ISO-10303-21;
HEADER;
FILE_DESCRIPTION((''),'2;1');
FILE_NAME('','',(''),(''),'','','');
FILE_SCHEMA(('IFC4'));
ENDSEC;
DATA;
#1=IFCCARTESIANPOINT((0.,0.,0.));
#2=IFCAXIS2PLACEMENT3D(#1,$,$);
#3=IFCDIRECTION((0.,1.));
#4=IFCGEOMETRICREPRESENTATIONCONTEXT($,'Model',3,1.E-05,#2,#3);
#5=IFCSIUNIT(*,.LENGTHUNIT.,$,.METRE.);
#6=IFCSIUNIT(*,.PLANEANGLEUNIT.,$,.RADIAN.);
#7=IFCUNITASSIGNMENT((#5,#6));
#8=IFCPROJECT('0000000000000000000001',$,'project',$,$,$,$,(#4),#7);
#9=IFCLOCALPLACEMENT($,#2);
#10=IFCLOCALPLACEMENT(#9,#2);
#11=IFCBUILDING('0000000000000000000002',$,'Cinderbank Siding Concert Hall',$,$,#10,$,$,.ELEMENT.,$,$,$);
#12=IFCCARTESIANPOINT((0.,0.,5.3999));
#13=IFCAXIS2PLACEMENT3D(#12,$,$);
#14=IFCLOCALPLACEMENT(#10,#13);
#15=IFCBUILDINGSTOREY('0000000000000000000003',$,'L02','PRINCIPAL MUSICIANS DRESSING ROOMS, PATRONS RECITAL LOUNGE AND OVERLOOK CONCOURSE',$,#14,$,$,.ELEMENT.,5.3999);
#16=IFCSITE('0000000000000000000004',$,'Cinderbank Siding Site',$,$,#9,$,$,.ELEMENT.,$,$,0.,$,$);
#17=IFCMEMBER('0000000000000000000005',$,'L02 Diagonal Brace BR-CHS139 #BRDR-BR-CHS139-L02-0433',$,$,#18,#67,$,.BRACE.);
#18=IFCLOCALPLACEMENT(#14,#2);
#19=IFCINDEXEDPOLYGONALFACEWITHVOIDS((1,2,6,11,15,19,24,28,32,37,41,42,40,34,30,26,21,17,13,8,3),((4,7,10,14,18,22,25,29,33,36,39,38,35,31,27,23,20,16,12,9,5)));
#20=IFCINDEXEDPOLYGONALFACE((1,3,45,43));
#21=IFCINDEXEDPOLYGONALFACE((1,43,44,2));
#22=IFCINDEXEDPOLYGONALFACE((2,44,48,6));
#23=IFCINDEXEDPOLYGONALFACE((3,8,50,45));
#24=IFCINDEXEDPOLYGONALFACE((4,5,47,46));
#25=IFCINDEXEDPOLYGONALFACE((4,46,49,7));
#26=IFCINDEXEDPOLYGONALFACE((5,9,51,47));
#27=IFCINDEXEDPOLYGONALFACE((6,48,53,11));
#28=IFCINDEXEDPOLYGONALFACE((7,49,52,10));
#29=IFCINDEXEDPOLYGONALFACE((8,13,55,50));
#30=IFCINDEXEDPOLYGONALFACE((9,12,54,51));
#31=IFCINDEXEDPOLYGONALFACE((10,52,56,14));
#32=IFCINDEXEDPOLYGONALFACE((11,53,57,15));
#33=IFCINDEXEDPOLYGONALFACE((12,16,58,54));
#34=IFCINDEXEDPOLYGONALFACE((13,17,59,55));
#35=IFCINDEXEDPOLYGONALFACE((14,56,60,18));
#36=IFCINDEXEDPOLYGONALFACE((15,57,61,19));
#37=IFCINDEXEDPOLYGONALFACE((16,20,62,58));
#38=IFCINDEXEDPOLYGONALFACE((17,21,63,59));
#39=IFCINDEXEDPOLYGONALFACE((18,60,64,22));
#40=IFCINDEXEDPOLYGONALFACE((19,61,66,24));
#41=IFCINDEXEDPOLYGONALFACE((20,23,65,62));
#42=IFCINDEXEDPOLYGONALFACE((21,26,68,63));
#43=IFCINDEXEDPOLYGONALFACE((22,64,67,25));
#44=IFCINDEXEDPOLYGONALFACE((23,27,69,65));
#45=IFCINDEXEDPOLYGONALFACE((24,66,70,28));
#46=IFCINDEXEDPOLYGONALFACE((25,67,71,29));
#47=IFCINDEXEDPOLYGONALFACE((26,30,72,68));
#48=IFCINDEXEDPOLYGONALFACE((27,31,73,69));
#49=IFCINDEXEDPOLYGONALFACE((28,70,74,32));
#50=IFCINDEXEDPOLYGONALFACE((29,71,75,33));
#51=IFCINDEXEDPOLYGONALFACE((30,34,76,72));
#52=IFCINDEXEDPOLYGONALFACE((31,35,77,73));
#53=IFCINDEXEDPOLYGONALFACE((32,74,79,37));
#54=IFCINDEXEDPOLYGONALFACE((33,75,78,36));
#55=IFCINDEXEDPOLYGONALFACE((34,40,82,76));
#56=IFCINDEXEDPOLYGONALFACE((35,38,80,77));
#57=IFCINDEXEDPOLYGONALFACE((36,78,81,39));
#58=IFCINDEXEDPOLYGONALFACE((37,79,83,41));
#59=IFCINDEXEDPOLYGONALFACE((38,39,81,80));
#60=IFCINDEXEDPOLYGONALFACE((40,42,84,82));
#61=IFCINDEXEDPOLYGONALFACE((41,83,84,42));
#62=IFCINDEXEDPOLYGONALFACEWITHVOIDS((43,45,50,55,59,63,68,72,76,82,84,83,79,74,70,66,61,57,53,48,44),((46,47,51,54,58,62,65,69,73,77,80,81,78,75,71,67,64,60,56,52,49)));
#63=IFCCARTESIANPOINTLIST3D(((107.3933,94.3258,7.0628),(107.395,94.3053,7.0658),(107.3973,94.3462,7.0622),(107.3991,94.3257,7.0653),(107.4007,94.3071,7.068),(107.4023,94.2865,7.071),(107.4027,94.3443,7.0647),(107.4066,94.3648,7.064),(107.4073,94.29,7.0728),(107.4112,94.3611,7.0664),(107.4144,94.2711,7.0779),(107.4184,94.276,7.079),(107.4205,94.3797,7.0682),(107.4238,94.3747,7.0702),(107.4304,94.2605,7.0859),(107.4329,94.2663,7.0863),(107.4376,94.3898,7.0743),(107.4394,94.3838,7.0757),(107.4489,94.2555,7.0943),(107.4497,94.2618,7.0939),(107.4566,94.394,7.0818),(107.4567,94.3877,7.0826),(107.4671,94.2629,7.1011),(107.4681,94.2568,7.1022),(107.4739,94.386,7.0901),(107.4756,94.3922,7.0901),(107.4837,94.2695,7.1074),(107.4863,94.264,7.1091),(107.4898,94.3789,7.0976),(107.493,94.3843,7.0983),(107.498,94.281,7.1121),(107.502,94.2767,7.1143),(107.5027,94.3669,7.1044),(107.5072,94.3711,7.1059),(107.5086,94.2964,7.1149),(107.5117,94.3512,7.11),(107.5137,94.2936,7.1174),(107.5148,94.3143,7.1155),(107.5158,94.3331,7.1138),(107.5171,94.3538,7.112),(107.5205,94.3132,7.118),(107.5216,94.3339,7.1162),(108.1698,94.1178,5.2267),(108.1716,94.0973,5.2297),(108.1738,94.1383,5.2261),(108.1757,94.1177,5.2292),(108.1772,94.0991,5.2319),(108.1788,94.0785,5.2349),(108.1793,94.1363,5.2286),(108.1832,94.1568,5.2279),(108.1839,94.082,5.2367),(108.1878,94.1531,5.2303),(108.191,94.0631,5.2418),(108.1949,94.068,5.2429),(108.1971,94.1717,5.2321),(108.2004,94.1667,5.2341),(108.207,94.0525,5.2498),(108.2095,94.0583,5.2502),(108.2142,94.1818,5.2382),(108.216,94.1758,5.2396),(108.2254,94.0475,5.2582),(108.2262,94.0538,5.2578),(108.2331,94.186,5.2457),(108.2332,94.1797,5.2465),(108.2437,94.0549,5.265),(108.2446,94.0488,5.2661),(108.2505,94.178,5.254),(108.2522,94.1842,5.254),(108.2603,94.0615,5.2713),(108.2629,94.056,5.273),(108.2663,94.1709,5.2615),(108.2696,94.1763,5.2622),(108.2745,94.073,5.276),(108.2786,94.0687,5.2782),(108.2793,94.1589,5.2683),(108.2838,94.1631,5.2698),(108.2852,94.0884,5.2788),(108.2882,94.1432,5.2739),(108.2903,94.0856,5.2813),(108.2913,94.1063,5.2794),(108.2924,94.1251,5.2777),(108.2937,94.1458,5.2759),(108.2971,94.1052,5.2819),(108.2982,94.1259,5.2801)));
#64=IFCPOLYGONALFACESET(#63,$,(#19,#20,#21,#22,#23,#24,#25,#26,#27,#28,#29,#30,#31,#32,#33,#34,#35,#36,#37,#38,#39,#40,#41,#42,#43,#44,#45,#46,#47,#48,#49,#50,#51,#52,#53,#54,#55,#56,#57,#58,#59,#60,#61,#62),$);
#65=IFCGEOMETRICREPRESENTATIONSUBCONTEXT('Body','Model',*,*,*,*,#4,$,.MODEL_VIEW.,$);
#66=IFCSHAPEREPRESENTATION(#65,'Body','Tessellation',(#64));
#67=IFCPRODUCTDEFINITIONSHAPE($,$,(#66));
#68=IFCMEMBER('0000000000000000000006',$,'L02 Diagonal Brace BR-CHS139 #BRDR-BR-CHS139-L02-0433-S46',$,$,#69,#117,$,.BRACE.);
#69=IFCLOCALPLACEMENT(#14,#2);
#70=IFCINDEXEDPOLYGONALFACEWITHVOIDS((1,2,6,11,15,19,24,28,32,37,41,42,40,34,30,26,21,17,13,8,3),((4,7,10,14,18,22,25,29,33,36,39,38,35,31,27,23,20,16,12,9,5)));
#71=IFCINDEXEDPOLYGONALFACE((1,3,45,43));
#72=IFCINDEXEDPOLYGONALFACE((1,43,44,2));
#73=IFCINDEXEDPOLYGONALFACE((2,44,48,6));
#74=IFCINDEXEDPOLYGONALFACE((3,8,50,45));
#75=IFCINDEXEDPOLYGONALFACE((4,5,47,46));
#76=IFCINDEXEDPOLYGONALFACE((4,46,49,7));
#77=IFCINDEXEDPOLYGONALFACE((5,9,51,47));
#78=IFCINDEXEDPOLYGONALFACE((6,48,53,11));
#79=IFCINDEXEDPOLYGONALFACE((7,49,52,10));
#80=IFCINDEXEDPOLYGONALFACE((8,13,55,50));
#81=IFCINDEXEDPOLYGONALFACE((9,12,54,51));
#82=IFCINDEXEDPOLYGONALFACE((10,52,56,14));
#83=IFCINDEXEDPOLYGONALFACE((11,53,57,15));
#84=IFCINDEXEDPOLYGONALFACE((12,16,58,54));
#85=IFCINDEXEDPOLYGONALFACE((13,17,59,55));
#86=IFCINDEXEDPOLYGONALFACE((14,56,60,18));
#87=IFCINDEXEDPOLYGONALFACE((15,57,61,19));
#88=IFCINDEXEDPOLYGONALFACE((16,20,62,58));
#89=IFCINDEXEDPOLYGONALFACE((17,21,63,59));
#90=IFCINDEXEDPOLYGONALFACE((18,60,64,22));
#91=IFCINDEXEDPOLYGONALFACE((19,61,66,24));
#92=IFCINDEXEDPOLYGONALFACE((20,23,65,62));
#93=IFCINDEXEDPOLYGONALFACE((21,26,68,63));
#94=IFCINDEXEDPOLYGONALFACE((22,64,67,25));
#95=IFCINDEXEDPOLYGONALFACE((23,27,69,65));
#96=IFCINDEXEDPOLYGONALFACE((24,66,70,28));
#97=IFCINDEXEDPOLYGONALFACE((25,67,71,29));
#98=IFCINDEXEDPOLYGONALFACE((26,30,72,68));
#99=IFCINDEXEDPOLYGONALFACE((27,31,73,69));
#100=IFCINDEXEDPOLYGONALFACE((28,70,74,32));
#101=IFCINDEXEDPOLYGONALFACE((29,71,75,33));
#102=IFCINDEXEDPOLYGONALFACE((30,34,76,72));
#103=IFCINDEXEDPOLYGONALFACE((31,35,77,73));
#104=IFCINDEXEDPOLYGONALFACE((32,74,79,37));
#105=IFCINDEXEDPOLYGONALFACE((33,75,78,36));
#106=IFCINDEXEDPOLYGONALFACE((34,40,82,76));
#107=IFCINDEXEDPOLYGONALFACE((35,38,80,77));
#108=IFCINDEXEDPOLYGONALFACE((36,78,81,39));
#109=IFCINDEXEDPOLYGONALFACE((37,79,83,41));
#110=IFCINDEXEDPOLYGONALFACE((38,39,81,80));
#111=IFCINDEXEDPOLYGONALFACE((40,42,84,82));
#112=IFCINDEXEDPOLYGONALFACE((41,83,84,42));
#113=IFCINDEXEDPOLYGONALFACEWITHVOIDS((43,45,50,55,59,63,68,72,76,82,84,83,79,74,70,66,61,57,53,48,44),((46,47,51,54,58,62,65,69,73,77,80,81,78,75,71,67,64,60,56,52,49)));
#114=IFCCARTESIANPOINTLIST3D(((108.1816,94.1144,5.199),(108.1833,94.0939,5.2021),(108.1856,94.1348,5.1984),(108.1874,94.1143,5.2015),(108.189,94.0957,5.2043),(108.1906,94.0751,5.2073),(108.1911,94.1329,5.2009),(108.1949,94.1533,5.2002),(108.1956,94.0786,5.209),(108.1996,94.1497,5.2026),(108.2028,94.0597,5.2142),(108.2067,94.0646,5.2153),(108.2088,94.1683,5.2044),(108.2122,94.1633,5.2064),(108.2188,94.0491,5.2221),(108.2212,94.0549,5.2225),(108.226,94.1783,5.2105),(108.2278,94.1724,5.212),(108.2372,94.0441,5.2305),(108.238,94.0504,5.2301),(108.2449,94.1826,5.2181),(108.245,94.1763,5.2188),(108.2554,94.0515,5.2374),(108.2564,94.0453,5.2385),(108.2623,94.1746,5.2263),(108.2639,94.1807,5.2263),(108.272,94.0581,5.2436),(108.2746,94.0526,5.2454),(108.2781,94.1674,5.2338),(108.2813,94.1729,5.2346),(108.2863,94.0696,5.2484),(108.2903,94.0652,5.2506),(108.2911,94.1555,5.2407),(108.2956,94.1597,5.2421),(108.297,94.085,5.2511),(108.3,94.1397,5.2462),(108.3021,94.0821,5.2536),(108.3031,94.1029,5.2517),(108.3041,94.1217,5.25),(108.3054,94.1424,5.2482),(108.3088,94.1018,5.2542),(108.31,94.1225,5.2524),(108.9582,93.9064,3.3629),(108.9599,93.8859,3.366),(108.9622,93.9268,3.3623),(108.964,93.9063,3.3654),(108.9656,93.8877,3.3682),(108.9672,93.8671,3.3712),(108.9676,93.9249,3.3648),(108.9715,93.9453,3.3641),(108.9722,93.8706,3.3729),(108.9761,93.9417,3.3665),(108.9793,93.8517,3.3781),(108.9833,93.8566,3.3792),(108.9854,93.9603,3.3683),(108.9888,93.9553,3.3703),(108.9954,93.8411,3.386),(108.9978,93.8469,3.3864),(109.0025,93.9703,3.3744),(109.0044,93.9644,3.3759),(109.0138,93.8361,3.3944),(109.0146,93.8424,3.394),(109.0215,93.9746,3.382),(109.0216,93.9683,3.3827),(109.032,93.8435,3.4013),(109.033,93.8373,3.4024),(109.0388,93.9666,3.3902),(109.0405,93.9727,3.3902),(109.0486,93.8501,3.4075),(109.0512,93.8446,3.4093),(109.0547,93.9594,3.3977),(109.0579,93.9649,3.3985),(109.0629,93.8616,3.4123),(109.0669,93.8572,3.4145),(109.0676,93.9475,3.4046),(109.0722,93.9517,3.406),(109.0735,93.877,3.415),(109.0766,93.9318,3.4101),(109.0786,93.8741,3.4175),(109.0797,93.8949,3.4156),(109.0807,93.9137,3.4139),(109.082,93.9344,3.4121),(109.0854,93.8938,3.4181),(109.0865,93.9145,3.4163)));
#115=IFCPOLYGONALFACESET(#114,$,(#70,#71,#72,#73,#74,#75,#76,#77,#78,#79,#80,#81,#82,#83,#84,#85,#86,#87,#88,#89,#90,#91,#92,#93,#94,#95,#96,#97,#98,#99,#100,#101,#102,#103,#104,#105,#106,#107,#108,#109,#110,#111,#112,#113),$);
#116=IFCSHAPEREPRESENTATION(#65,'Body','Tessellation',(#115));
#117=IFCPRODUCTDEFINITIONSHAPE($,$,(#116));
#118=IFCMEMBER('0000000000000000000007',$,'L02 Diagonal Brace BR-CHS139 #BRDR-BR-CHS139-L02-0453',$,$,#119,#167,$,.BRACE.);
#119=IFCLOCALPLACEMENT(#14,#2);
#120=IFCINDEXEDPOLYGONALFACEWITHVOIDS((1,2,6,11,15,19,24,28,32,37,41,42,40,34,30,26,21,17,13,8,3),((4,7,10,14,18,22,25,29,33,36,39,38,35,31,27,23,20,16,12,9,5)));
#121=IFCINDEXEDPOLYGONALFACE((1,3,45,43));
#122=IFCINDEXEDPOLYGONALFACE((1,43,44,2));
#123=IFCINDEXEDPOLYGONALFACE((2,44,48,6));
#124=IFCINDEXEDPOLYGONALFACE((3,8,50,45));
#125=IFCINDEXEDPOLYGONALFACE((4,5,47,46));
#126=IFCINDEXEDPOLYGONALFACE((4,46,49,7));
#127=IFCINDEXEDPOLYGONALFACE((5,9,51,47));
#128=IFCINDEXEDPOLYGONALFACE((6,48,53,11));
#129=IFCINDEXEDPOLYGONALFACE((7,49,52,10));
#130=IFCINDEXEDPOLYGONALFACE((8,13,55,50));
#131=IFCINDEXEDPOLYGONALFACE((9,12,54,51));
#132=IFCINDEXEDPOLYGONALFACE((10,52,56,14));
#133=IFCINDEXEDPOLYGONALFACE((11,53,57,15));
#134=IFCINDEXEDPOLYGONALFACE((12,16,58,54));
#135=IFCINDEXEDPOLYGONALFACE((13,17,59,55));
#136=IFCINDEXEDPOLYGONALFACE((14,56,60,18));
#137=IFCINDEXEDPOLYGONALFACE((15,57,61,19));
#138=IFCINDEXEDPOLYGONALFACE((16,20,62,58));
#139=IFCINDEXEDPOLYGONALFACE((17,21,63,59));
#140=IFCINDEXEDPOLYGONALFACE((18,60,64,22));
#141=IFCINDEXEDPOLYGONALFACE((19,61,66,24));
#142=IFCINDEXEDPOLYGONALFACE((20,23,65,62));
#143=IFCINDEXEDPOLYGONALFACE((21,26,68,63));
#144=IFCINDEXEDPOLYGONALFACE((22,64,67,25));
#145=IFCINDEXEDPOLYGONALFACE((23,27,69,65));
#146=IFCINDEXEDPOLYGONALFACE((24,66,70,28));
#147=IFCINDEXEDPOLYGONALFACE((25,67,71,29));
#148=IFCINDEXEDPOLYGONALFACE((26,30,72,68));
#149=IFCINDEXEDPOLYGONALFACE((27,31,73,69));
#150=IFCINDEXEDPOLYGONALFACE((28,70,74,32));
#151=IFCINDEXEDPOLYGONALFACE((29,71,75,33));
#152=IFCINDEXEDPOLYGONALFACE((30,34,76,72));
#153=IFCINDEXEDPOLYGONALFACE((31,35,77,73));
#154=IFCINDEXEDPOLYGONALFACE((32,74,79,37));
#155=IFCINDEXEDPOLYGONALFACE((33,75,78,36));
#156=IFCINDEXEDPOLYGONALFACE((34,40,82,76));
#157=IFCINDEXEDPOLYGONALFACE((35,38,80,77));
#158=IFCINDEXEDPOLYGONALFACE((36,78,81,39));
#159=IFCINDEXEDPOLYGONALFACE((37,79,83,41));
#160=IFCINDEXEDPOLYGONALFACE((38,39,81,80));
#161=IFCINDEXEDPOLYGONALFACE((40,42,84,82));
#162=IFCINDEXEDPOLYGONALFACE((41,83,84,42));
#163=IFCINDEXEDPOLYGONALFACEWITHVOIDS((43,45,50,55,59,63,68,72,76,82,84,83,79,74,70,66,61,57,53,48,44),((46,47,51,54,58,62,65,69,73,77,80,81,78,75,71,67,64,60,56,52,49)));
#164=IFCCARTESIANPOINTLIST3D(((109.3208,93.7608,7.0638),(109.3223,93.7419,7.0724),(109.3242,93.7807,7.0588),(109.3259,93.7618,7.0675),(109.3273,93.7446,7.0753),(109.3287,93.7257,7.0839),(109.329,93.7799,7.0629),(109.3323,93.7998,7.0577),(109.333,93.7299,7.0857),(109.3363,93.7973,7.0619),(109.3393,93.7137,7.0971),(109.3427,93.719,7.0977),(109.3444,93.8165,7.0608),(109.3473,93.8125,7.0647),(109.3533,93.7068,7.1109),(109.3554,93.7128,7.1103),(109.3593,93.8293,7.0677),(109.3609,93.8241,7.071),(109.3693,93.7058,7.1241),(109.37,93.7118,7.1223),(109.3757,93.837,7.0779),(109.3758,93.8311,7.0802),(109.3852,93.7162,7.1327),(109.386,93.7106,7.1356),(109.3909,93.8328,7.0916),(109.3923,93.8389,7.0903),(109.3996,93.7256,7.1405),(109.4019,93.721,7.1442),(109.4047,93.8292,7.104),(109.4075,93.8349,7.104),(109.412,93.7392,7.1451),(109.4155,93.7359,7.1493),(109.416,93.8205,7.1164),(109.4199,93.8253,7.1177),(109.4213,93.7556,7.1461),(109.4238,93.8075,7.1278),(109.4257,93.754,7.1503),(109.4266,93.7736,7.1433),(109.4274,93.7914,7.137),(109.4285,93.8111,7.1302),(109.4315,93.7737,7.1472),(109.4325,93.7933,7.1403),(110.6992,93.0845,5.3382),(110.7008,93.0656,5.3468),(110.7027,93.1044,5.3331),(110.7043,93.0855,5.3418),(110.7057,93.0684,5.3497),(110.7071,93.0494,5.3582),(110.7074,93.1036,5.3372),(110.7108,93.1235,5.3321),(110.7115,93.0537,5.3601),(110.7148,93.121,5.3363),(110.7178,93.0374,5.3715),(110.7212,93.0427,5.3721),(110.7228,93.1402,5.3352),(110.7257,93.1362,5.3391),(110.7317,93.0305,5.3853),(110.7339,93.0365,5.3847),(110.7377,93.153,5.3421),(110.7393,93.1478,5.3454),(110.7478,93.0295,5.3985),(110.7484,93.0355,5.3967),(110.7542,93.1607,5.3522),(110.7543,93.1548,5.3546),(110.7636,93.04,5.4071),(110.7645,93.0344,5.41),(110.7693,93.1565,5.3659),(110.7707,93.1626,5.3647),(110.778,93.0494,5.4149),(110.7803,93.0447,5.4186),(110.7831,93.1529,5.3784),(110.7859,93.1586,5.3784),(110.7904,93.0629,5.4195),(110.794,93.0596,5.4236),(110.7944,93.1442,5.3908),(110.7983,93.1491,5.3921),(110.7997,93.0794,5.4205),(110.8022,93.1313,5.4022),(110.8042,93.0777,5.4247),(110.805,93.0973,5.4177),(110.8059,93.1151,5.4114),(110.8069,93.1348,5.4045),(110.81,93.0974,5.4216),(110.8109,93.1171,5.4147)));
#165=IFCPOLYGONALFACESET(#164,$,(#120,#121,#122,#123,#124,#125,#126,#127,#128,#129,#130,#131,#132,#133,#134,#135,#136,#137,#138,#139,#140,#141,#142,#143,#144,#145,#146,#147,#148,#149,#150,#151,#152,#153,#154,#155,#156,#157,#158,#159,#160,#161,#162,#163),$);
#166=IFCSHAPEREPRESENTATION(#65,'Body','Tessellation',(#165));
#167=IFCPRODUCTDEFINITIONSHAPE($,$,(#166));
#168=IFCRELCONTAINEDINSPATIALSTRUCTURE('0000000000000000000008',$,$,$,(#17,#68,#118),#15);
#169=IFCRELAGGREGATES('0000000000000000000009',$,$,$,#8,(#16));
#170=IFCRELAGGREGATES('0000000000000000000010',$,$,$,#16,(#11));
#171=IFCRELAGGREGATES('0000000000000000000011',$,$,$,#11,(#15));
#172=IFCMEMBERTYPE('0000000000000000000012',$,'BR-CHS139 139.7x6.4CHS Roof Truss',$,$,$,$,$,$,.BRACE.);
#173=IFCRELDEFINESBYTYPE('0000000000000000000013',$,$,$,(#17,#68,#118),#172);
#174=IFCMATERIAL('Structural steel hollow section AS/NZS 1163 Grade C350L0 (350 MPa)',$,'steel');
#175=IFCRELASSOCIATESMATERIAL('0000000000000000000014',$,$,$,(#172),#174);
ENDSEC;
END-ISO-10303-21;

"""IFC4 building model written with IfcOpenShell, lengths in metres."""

from ifc_helpers import new_model, si_unit, direction, frame, origin, origin_2d, place, context, subcontext, project, spatial, hollow_circle, extrude, material, material_profile, profile_set, type_object, element, save


model = new_model("IFC4")

# Units and contexts
model_context = context("Model", 3, precision=1e-05, world=origin(), true_north=direction((0.0, 1.0)))
body_context = subcontext(model_context, "Body", "Model", "MODEL_VIEW")
ifc_project = project(units=[si_unit("LENGTHUNIT", "METRE"), si_unit("PLANEANGLEUNIT", "RADIAN")], contexts=[model_context])

# Site, building, storey
site_placement = place(None, origin())
site = spatial("IfcSite", under=ifc_project, at=site_placement, Name="Cinderbank Siding Site", CompositionType="ELEMENT", RefElevation=0.0)
building_placement = place(site_placement, origin())
building = spatial("IfcBuilding", under=site, at=building_placement, Name="Cinderbank Siding Concert Hall", CompositionType="ELEMENT")
storey_placement = place(building_placement, frame((0.0, 0.0, 5.3999)))
storey = spatial("IfcBuildingStorey", under=building, at=storey_placement, Name="L02", Description="PRINCIPAL MUSICIANS DRESSING ROOMS, PATRONS RECITAL LOUNGE AND OVERLOOK CONCOURSE", CompositionType="ELEMENT", Elevation=5.3999)

# Members
ifc_material_1 = material(Name="Structural steel hollow section AS/NZS 1163 Grade C350L0 (350 MPa)", Category="steel")
ifc_material_profile_1 = material_profile(ifc_material_1, hollow_circle(Radius=0.0698, WallThickness=0.0063, at=origin_2d()), Name="139.7x6.4CHS", Category="LoadBearing")
ifc_profile_set_1 = profile_set([ifc_material_profile_1], Name="Structural steel hollow section AS/NZS 1163 Grade C350L0 (350 MPa)")
member_type_1 = type_object("IfcMemberType", Name="BR-CHS139 139.7x6.4CHS Roof Truss", PredefinedType="BRACE", material=ifc_profile_set_1)
for number, where, z_axis, x_axis, name in (
    (1, (107.4575, 94.3247, 7.0901), (0.387437, -0.103771, -0.916037), (0.258721, 0.965952, 0.0), "L02 Diagonal Brace BR-CHS139 #BRDR-BR-CHS139-L02-0433"),
    (2, (108.2458, 94.1133, 5.2263), (0.387437, -0.103771, -0.916037), (0.258721, 0.965952, 0.0), "L02 Diagonal Brace BR-CHS139 #BRDR-BR-CHS139-L02-0433-S46"),
):
    element("IfcMember", number, at=place(storey_placement, frame(where, z_axis=z_axis, x_axis=x_axis)), inside=storey, type_object=member_type_1, Name=name, PredefinedType="BRACE", context=body_context, shape_type="SweptSolid", body=[
        extrude(hollow_circle(Radius=0.0698, WallThickness=0.0063, at=origin_2d()), origin(), (0.0, 0.0, 1.0), 2.0044),
    ])
member_1_placement = place(storey_placement, frame((109.3767, 93.7722, 7.104), z_axis=(0.596778, -0.292787, -0.747082), x_axis=(0.440459, 0.897773, 0.0)))
element("IfcMember", 3, at=member_1_placement, inside=storey, type_object=member_type_1, Name="L02 Diagonal Brace BR-CHS139 #BRDR-BR-CHS139-L02-0453", PredefinedType="BRACE", context=body_context, shape_type="SweptSolid", body=[
    extrude(hollow_circle(Radius=0.0698, WallThickness=0.0063, at=origin_2d()), origin(), (0.0, 0.0, 1.0), 2.3098),
])

save(model, "model.ifc")
